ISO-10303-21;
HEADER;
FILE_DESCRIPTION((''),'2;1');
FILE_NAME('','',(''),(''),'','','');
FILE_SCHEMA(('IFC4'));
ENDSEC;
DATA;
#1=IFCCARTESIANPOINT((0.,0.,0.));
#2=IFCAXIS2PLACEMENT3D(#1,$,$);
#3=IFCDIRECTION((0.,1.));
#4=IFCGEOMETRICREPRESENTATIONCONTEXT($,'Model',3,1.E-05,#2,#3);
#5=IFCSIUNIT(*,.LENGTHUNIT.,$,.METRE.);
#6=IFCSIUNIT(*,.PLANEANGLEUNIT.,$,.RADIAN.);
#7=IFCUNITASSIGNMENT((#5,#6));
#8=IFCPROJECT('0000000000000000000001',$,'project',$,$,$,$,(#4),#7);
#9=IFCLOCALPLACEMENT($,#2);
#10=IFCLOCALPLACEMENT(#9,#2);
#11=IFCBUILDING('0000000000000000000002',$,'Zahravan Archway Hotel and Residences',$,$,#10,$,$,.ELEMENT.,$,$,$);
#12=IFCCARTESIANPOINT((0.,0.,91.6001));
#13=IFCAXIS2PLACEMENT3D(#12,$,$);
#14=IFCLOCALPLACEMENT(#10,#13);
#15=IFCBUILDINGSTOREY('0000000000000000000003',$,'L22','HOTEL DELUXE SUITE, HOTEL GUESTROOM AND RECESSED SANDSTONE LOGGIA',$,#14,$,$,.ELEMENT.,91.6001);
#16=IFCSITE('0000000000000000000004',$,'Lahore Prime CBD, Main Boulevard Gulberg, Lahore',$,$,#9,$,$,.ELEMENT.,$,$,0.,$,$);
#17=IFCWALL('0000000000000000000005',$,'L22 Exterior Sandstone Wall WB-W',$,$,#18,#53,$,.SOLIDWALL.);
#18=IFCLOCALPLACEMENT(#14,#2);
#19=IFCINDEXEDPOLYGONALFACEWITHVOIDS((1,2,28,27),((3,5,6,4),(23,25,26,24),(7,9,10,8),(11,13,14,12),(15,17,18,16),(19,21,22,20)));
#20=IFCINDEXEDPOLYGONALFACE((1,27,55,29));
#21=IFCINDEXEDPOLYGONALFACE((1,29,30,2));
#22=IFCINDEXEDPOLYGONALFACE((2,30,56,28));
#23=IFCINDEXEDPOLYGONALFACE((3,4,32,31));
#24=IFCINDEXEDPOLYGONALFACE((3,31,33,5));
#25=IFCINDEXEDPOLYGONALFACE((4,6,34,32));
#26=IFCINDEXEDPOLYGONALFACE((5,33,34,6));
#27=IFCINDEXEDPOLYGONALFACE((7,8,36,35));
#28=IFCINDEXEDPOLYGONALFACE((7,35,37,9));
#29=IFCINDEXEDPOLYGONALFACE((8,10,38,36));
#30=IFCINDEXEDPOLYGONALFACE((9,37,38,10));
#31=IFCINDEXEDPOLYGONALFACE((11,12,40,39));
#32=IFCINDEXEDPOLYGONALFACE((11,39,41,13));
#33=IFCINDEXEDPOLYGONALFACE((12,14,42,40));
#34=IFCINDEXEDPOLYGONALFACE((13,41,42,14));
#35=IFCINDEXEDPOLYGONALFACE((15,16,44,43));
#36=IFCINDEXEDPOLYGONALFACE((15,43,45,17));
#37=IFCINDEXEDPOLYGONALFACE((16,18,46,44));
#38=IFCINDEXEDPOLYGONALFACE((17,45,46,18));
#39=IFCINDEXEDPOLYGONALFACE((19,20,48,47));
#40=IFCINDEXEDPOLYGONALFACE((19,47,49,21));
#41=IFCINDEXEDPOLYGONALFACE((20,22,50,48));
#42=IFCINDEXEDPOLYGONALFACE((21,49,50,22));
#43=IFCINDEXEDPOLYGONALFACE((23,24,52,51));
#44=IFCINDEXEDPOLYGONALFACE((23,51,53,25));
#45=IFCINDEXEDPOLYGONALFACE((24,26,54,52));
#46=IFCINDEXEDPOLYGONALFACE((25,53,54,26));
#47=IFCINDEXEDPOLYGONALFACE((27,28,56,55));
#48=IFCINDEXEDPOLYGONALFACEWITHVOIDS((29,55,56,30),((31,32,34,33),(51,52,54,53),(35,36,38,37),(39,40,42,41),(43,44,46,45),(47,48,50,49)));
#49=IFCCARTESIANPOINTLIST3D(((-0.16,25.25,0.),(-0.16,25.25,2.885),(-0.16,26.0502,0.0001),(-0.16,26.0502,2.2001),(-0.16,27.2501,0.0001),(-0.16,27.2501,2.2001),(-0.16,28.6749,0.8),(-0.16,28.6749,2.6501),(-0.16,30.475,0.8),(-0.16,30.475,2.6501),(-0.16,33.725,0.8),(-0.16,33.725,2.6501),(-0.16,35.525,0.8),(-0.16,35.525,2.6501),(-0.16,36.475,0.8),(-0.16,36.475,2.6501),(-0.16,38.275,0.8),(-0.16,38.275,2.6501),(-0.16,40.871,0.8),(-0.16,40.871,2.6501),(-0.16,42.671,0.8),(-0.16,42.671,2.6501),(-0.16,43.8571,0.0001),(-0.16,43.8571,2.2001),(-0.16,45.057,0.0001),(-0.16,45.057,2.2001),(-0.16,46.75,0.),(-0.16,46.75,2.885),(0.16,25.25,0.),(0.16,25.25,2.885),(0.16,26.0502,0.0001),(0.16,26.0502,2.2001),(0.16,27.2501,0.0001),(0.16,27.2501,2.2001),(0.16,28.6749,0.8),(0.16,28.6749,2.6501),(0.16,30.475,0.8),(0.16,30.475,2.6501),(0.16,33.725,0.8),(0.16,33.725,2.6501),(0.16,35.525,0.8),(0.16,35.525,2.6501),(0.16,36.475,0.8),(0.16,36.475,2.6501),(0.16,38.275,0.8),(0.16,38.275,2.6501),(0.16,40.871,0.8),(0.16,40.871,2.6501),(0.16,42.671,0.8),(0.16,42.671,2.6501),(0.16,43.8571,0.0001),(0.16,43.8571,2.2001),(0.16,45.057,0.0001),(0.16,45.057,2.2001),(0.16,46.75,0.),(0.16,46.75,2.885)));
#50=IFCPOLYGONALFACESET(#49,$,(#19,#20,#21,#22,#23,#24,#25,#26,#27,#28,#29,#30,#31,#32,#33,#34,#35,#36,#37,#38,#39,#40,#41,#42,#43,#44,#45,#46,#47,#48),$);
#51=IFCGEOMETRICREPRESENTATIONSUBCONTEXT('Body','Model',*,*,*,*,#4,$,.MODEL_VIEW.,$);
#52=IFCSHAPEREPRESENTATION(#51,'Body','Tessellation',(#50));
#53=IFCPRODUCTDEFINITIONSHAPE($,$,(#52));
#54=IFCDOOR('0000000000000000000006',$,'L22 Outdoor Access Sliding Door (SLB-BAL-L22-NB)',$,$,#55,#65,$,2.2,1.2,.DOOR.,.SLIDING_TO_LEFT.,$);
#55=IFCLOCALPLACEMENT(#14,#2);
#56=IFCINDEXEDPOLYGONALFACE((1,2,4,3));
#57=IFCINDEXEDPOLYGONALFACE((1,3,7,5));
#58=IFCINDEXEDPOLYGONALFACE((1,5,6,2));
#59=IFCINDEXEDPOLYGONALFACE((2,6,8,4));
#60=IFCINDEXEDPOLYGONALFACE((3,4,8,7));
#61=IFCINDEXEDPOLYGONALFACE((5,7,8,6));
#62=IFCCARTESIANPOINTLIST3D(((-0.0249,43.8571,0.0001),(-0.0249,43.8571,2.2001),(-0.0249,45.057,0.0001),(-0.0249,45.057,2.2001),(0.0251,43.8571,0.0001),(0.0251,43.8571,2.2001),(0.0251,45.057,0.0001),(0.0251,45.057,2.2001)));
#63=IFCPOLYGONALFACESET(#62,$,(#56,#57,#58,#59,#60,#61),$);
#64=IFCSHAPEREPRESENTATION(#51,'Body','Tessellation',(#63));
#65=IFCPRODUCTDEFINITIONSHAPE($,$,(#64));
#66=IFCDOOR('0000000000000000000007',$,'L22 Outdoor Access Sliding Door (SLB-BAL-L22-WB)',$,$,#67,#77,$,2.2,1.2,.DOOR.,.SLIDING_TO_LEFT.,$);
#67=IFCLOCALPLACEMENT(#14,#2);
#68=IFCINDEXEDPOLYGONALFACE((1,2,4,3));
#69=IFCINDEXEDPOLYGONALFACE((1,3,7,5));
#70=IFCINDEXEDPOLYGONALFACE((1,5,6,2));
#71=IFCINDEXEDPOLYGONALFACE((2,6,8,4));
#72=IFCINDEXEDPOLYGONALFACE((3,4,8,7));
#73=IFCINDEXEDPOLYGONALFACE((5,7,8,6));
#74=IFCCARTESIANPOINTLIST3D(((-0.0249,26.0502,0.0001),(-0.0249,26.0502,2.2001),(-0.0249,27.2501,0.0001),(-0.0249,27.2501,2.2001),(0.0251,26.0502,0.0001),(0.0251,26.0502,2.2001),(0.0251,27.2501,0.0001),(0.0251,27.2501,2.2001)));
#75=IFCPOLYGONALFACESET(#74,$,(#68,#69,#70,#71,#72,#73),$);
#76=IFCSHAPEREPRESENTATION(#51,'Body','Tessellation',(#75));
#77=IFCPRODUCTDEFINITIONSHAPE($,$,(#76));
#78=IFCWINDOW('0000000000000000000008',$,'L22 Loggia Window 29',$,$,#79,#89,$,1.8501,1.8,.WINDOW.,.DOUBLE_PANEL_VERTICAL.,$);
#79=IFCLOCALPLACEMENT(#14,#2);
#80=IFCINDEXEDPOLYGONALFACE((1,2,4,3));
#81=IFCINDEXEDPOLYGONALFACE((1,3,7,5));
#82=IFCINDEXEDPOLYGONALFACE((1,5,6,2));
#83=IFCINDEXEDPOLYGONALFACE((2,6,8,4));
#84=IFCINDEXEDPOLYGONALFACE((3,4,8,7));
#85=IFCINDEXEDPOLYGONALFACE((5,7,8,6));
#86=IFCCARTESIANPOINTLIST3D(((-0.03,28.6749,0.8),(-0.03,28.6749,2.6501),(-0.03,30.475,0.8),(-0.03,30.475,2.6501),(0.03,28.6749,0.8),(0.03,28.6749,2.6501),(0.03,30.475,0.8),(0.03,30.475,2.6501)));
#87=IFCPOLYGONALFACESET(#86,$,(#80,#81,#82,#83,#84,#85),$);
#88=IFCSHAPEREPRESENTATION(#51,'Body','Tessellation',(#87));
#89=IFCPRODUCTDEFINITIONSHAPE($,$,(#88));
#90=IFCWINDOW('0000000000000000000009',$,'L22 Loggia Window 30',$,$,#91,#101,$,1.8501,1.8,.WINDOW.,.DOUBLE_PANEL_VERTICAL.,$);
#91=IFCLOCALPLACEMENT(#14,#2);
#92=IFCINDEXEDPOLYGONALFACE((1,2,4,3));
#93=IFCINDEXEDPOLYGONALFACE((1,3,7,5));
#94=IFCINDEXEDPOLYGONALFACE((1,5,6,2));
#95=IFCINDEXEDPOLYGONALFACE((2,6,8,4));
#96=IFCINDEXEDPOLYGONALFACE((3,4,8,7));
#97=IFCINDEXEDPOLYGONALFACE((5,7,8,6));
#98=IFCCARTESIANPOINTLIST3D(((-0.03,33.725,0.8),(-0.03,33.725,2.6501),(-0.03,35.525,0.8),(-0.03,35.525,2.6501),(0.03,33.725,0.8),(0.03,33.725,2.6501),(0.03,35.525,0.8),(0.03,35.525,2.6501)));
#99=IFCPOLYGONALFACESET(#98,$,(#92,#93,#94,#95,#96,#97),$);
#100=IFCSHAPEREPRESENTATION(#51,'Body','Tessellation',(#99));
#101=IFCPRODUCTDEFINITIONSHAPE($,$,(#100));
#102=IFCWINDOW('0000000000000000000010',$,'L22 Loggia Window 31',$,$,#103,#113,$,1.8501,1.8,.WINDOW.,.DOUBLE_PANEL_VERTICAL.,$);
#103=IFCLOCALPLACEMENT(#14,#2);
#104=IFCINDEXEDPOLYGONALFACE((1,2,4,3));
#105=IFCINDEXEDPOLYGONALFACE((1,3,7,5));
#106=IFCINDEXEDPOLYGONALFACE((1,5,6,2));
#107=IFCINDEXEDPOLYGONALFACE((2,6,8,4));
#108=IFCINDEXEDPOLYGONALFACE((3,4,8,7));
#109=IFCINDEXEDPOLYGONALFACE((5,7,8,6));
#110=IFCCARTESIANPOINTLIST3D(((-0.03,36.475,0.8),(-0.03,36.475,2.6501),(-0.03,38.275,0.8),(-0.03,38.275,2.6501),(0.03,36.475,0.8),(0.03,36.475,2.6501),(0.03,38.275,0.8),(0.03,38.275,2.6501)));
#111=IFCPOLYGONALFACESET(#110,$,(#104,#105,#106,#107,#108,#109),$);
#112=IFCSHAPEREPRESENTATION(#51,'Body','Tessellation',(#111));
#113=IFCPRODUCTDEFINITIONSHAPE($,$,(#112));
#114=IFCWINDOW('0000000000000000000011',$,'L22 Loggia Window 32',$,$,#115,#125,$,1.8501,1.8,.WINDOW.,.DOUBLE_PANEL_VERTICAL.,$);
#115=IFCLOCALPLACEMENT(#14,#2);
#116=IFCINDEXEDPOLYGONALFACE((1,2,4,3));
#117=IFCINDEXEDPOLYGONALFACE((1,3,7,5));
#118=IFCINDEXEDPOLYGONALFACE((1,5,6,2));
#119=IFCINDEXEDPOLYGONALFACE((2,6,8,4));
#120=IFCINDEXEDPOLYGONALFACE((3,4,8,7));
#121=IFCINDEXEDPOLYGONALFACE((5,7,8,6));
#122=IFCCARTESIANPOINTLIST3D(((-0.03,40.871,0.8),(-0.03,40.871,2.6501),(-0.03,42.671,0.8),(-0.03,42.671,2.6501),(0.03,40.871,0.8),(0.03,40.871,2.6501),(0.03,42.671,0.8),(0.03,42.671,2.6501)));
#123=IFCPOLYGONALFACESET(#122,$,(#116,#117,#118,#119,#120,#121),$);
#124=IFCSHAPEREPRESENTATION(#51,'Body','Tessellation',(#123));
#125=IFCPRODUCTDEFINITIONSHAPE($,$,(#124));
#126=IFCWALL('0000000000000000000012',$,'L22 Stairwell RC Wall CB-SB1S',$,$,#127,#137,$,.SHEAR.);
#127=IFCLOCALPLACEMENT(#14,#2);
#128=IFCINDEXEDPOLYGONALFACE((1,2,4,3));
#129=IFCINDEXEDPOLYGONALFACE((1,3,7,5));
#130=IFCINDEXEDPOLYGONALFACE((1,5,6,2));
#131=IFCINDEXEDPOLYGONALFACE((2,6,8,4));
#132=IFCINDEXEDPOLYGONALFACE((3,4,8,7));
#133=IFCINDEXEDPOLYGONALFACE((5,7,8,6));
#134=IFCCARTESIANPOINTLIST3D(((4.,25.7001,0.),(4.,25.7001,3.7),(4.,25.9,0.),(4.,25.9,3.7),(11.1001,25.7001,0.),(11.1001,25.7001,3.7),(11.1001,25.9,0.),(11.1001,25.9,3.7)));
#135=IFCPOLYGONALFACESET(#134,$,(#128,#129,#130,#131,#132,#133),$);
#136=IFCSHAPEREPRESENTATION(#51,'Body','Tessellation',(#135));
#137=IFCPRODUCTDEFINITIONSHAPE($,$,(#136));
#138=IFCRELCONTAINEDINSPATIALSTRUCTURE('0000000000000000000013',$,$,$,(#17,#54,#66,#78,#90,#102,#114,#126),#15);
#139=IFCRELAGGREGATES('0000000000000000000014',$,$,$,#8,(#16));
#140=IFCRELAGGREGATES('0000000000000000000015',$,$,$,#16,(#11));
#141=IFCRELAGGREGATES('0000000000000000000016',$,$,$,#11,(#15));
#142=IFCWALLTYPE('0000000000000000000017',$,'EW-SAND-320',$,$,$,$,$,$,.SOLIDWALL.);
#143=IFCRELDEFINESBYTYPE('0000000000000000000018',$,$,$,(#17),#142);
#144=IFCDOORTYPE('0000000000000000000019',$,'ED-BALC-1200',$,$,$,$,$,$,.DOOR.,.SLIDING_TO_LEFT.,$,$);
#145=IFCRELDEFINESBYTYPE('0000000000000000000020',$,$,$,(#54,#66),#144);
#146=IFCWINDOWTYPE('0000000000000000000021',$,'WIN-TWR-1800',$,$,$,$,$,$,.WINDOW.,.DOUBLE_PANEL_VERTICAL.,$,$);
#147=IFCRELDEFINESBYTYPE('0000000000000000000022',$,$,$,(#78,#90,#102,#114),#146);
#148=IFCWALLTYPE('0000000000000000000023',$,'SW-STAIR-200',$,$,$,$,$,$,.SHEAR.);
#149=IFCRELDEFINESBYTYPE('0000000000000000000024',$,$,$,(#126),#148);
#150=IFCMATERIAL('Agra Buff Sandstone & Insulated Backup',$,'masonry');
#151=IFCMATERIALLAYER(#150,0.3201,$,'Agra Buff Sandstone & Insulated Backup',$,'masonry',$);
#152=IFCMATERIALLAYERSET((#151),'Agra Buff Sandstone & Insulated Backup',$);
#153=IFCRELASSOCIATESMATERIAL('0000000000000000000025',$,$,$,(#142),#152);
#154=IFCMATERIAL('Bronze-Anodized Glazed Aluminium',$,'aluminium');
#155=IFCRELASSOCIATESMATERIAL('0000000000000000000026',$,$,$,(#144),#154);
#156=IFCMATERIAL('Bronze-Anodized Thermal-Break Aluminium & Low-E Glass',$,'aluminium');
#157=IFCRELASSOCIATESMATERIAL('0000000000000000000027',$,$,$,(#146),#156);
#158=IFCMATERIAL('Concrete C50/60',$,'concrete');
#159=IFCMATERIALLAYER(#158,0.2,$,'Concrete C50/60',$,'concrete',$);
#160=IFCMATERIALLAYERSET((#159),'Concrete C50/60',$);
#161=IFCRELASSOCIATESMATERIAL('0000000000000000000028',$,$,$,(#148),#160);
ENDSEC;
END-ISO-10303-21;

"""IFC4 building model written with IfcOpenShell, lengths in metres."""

from ifc_helpers import new_model, si_unit, direction, frame, frame_2d, origin, place, context, subcontext, project, spatial, rectangle, extrude, source, transform, mapped, material, layer, layer_set, type_object, type_shapes, element, fill, save


model = new_model("IFC4")

# Units and contexts
model_context = context("Model", 3, precision=1e-05, world=origin(), true_north=direction((0.0, 1.0)))
body_context = subcontext(model_context, "Body", "Model", "MODEL_VIEW")
ifc_project = project(units=[si_unit("LENGTHUNIT", "METRE"), si_unit("PLANEANGLEUNIT", "RADIAN")], contexts=[model_context])

# Site, building, storey
site_placement = place(None, origin())
site = spatial("IfcSite", under=ifc_project, at=site_placement, Name="Lahore Prime CBD, Main Boulevard Gulberg, Lahore", CompositionType="ELEMENT", RefElevation=0.0)
building_placement = place(site_placement, origin())
building = spatial("IfcBuilding", under=site, at=building_placement, Name="Zahravan Archway Hotel and Residences", CompositionType="ELEMENT")
storey_placement = place(building_placement, frame((0.0, 0.0, 91.6001)))
storey = spatial("IfcBuildingStorey", under=building, at=storey_placement, Name="L22", Description="HOTEL DELUXE SUITE, HOTEL GUESTROOM AND RECESSED SANDSTONE LOGGIA", CompositionType="ELEMENT", Elevation=91.6001)

# Shared definitions
ifc_material_1 = material(Name="Agra Buff Sandstone & Insulated Backup", Category="masonry")
ifc_layer_1 = layer(ifc_material_1, 0.3201, Name="Agra Buff Sandstone & Insulated Backup", Category="masonry")
ifc_layer_set_1 = layer_set([ifc_layer_1], Name="Agra Buff Sandstone & Insulated Backup")
wall_type_1 = type_object("IfcWallType", Name="EW-SAND-320", PredefinedType="SOLIDWALL", material=ifc_layer_set_1)
ifc_material_2 = material(Name="Bronze-Anodized Thermal-Break Aluminium & Low-E Glass", Category="aluminium")

# Wall, openings, doors, windows
wall_1_placement = place(storey_placement, frame((0.0, 25.25, 0.0), z_axis=(0.0, 0.0, 1.0), x_axis=(0.0, 1.0, 0.0)))
wall_1 = element("IfcWall", 1, at=wall_1_placement, inside=storey, type_object=wall_type_1, Name="L22 Exterior Sandstone Wall WB-W", PredefinedType="SOLIDWALL", context=body_context, shape_type="SweptSolid", body=[
    extrude(rectangle(XDim=21.5, YDim=0.3201, at=frame_2d((10.75, 0.0))), origin(), (0.0, 0.0, 1.0), 2.885),
])
opening_1_placement = place(wall_1_placement, frame((18.6069, 0.0, 0.0)))
opening_1 = element("IfcOpeningElement", 2, at=opening_1_placement, cuts=wall_1, PredefinedType="OPENING", context=body_context, shape_type="SweptSolid", body=[
    extrude(rectangle(XDim=1.2, YDim=2.2, at=frame_2d((0.6001, 1.1001))), frame((0.0, 0.1699, 0.0), z_axis=(0.0, -1.0, 0.0), x_axis=(1.0, 0.0, 0.0)), (0.0, 0.0, 1.0), 0.3401),
])
opening_2_placement = place(wall_1_placement, frame((0.8, 0.0, 0.0)))
opening_2 = element("IfcOpeningElement", 3, at=opening_2_placement, cuts=wall_1, PredefinedType="OPENING", context=body_context, shape_type="SweptSolid", body=[
    extrude(rectangle(XDim=1.2, YDim=2.2, at=frame_2d((0.6001, 1.1001))), frame((0.0, 0.1699, 0.0), z_axis=(0.0, -1.0, 0.0), x_axis=(1.0, 0.0, 0.0)), (0.0, 0.0, 1.0), 0.3401),
])
opening_3_placement = place(wall_1_placement, frame((3.425, 0.0, 0.8)))
opening_3 = element("IfcOpeningElement", 4, at=opening_3_placement, cuts=wall_1, PredefinedType="OPENING", context=body_context, shape_type="SweptSolid", body=[
    extrude(rectangle(XDim=1.8, YDim=1.8501, at=frame_2d((0.8999, 0.925))), frame((0.0, 0.1699, 0.0), z_axis=(0.0, -1.0, 0.0), x_axis=(1.0, 0.0, 0.0)), (0.0, 0.0, 1.0), 0.3401),
])
opening_4_placement = place(wall_1_placement, frame((8.4751, 0.0, 0.8)))
opening_4 = element("IfcOpeningElement", 5, at=opening_4_placement, cuts=wall_1, PredefinedType="OPENING", context=body_context, shape_type="SweptSolid", body=[
    extrude(rectangle(XDim=1.8, YDim=1.8501, at=frame_2d((0.8999, 0.925))), frame((0.0, 0.1699, 0.0), z_axis=(0.0, -1.0, 0.0), x_axis=(1.0, 0.0, 0.0)), (0.0, 0.0, 1.0), 0.3401),
])
opening_5_placement = place(wall_1_placement, frame((11.2251, 0.0, 0.8)))
opening_5 = element("IfcOpeningElement", 6, at=opening_5_placement, cuts=wall_1, PredefinedType="OPENING", context=body_context, shape_type="SweptSolid", body=[
    extrude(rectangle(XDim=1.8, YDim=1.8501, at=frame_2d((0.8999, 0.925))), frame((0.0, 0.1699, 0.0), z_axis=(0.0, -1.0, 0.0), x_axis=(1.0, 0.0, 0.0)), (0.0, 0.0, 1.0), 0.3401),
])
opening_6_placement = place(wall_1_placement, frame((15.6211, 0.0, 0.8)))
opening_6 = element("IfcOpeningElement", 7, at=opening_6_placement, cuts=wall_1, PredefinedType="OPENING", context=body_context, shape_type="SweptSolid", body=[
    extrude(rectangle(XDim=1.8, YDim=1.8501, at=frame_2d((0.8999, 0.925))), frame((0.0, 0.1699, 0.0), z_axis=(0.0, -1.0, 0.0), x_axis=(1.0, 0.0, 0.0)), (0.0, 0.0, 1.0), 0.3401),
])
ifc_material_3 = material(Name="Bronze-Anodized Glazed Aluminium", Category="aluminium")
door_type_1 = type_object("IfcDoorType", Name="ED-BALC-1200", OperationType="SLIDING_TO_LEFT", PredefinedType="DOOR", material=ifc_material_3)
shared_shape_1 = source(origin(), body_context, "Body", "SweptSolid", [
    extrude(rectangle(XDim=1.2, YDim=2.2, at=frame_2d((0.6001, 1.1001))), frame((0.0, 0.0249, 0.0), z_axis=(0.0, -1.0, 0.0), x_axis=(1.0, 0.0, 0.0)), (0.0, 0.0, 1.0), 0.05),
])
type_shapes(door_type_1, [shared_shape_1])
door_1_placement = place(opening_1_placement, origin())
door_1 = element("IfcDoor", 8, at=door_1_placement, inside=storey, type_object=door_type_1, Name="L22 Outdoor Access Sliding Door (SLB-BAL-L22-NB)", OperationType="SLIDING_TO_LEFT", OverallHeight=2.2, OverallWidth=1.2, PredefinedType="DOOR", context=body_context, shape_type="MappedRepresentation", body=[
    mapped(shared_shape_1, transform((0.0, 0.0, 0.0), scale=1.0)),
])
fill(opening_1, door_1)
door_2_placement = place(opening_2_placement, origin())
door_2 = element("IfcDoor", 9, at=door_2_placement, inside=storey, type_object=door_type_1, Name="L22 Outdoor Access Sliding Door (SLB-BAL-L22-WB)", OperationType="SLIDING_TO_LEFT", OverallHeight=2.2, OverallWidth=1.2, PredefinedType="DOOR", context=body_context, shape_type="MappedRepresentation", body=[
    mapped(shared_shape_1, transform((0.0, 0.0, 0.0), scale=1.0)),
])
fill(opening_2, door_2)
window_type_1 = type_object("IfcWindowType", Name="WIN-TWR-1800", PartitioningType="DOUBLE_PANEL_VERTICAL", PredefinedType="WINDOW", material=ifc_material_2)
shared_shape_2 = source(origin(), body_context, "Body", "SweptSolid", [
    extrude(rectangle(XDim=1.8, YDim=1.8501, at=frame_2d((0.8999, 0.925))), frame((0.0, 0.03, 0.0), z_axis=(0.0, -1.0, 0.0), x_axis=(1.0, 0.0, 0.0)), (0.0, 0.0, 1.0), 0.0601),
])
type_shapes(window_type_1, [shared_shape_2])
window_1_placement = place(opening_3_placement, origin())
window_1 = element("IfcWindow", 10, at=window_1_placement, inside=storey, type_object=window_type_1, Name="L22 Loggia Window 29", OverallHeight=1.8501, OverallWidth=1.8, PartitioningType="DOUBLE_PANEL_VERTICAL", PredefinedType="WINDOW", context=body_context, shape_type="MappedRepresentation", body=[
    mapped(shared_shape_2, transform((0.0, 0.0, 0.0), scale=1.0)),
])
fill(opening_3, window_1)
window_2_placement = place(opening_4_placement, origin())
window_2 = element("IfcWindow", 11, at=window_2_placement, inside=storey, type_object=window_type_1, Name="L22 Loggia Window 30", OverallHeight=1.8501, OverallWidth=1.8, PartitioningType="DOUBLE_PANEL_VERTICAL", PredefinedType="WINDOW", context=body_context, shape_type="MappedRepresentation", body=[
    mapped(shared_shape_2, transform((0.0, 0.0, 0.0), scale=1.0)),
])
fill(opening_4, window_2)
window_3_placement = place(opening_5_placement, origin())
window_3 = element("IfcWindow", 12, at=window_3_placement, inside=storey, type_object=window_type_1, Name="L22 Loggia Window 31", OverallHeight=1.8501, OverallWidth=1.8, PartitioningType="DOUBLE_PANEL_VERTICAL", PredefinedType="WINDOW", context=body_context, shape_type="MappedRepresentation", body=[
    mapped(shared_shape_2, transform((0.0, 0.0, 0.0), scale=1.0)),
])
fill(opening_5, window_3)
window_4_placement = place(opening_6_placement, origin())
window_4 = element("IfcWindow", 13, at=window_4_placement, inside=storey, type_object=window_type_1, Name="L22 Loggia Window 32", OverallHeight=1.8501, OverallWidth=1.8, PartitioningType="DOUBLE_PANEL_VERTICAL", PredefinedType="WINDOW", context=body_context, shape_type="MappedRepresentation", body=[
    mapped(shared_shape_2, transform((0.0, 0.0, 0.0), scale=1.0)),
])
fill(opening_6, window_4)

# Wall
ifc_material_4 = material(Name="Concrete C50/60", Category="concrete")
ifc_layer_2 = layer(ifc_material_4, 0.2, Name="Concrete C50/60", Category="concrete")
ifc_layer_set_2 = layer_set([ifc_layer_2], Name="Concrete C50/60")
wall_type_2 = type_object("IfcWallType", Name="SW-STAIR-200", PredefinedType="SHEAR", material=ifc_layer_set_2)
wall_2_placement = place(storey_placement, frame((4.0, 25.8, 0.0), z_axis=(0.0, 0.0, 1.0), x_axis=(1.0, 0.0, 0.0)))
element("IfcWall", 14, at=wall_2_placement, inside=storey, type_object=wall_type_2, Name="L22 Stairwell RC Wall CB-SB1S", PredefinedType="SHEAR", context=body_context, shape_type="SweptSolid", body=[
    extrude(rectangle(XDim=7.1001, YDim=0.2, at=frame_2d((3.55, 0.0))), origin(), (0.0, 0.0, 1.0), 3.7),
])

save(model, "model.ifc")
